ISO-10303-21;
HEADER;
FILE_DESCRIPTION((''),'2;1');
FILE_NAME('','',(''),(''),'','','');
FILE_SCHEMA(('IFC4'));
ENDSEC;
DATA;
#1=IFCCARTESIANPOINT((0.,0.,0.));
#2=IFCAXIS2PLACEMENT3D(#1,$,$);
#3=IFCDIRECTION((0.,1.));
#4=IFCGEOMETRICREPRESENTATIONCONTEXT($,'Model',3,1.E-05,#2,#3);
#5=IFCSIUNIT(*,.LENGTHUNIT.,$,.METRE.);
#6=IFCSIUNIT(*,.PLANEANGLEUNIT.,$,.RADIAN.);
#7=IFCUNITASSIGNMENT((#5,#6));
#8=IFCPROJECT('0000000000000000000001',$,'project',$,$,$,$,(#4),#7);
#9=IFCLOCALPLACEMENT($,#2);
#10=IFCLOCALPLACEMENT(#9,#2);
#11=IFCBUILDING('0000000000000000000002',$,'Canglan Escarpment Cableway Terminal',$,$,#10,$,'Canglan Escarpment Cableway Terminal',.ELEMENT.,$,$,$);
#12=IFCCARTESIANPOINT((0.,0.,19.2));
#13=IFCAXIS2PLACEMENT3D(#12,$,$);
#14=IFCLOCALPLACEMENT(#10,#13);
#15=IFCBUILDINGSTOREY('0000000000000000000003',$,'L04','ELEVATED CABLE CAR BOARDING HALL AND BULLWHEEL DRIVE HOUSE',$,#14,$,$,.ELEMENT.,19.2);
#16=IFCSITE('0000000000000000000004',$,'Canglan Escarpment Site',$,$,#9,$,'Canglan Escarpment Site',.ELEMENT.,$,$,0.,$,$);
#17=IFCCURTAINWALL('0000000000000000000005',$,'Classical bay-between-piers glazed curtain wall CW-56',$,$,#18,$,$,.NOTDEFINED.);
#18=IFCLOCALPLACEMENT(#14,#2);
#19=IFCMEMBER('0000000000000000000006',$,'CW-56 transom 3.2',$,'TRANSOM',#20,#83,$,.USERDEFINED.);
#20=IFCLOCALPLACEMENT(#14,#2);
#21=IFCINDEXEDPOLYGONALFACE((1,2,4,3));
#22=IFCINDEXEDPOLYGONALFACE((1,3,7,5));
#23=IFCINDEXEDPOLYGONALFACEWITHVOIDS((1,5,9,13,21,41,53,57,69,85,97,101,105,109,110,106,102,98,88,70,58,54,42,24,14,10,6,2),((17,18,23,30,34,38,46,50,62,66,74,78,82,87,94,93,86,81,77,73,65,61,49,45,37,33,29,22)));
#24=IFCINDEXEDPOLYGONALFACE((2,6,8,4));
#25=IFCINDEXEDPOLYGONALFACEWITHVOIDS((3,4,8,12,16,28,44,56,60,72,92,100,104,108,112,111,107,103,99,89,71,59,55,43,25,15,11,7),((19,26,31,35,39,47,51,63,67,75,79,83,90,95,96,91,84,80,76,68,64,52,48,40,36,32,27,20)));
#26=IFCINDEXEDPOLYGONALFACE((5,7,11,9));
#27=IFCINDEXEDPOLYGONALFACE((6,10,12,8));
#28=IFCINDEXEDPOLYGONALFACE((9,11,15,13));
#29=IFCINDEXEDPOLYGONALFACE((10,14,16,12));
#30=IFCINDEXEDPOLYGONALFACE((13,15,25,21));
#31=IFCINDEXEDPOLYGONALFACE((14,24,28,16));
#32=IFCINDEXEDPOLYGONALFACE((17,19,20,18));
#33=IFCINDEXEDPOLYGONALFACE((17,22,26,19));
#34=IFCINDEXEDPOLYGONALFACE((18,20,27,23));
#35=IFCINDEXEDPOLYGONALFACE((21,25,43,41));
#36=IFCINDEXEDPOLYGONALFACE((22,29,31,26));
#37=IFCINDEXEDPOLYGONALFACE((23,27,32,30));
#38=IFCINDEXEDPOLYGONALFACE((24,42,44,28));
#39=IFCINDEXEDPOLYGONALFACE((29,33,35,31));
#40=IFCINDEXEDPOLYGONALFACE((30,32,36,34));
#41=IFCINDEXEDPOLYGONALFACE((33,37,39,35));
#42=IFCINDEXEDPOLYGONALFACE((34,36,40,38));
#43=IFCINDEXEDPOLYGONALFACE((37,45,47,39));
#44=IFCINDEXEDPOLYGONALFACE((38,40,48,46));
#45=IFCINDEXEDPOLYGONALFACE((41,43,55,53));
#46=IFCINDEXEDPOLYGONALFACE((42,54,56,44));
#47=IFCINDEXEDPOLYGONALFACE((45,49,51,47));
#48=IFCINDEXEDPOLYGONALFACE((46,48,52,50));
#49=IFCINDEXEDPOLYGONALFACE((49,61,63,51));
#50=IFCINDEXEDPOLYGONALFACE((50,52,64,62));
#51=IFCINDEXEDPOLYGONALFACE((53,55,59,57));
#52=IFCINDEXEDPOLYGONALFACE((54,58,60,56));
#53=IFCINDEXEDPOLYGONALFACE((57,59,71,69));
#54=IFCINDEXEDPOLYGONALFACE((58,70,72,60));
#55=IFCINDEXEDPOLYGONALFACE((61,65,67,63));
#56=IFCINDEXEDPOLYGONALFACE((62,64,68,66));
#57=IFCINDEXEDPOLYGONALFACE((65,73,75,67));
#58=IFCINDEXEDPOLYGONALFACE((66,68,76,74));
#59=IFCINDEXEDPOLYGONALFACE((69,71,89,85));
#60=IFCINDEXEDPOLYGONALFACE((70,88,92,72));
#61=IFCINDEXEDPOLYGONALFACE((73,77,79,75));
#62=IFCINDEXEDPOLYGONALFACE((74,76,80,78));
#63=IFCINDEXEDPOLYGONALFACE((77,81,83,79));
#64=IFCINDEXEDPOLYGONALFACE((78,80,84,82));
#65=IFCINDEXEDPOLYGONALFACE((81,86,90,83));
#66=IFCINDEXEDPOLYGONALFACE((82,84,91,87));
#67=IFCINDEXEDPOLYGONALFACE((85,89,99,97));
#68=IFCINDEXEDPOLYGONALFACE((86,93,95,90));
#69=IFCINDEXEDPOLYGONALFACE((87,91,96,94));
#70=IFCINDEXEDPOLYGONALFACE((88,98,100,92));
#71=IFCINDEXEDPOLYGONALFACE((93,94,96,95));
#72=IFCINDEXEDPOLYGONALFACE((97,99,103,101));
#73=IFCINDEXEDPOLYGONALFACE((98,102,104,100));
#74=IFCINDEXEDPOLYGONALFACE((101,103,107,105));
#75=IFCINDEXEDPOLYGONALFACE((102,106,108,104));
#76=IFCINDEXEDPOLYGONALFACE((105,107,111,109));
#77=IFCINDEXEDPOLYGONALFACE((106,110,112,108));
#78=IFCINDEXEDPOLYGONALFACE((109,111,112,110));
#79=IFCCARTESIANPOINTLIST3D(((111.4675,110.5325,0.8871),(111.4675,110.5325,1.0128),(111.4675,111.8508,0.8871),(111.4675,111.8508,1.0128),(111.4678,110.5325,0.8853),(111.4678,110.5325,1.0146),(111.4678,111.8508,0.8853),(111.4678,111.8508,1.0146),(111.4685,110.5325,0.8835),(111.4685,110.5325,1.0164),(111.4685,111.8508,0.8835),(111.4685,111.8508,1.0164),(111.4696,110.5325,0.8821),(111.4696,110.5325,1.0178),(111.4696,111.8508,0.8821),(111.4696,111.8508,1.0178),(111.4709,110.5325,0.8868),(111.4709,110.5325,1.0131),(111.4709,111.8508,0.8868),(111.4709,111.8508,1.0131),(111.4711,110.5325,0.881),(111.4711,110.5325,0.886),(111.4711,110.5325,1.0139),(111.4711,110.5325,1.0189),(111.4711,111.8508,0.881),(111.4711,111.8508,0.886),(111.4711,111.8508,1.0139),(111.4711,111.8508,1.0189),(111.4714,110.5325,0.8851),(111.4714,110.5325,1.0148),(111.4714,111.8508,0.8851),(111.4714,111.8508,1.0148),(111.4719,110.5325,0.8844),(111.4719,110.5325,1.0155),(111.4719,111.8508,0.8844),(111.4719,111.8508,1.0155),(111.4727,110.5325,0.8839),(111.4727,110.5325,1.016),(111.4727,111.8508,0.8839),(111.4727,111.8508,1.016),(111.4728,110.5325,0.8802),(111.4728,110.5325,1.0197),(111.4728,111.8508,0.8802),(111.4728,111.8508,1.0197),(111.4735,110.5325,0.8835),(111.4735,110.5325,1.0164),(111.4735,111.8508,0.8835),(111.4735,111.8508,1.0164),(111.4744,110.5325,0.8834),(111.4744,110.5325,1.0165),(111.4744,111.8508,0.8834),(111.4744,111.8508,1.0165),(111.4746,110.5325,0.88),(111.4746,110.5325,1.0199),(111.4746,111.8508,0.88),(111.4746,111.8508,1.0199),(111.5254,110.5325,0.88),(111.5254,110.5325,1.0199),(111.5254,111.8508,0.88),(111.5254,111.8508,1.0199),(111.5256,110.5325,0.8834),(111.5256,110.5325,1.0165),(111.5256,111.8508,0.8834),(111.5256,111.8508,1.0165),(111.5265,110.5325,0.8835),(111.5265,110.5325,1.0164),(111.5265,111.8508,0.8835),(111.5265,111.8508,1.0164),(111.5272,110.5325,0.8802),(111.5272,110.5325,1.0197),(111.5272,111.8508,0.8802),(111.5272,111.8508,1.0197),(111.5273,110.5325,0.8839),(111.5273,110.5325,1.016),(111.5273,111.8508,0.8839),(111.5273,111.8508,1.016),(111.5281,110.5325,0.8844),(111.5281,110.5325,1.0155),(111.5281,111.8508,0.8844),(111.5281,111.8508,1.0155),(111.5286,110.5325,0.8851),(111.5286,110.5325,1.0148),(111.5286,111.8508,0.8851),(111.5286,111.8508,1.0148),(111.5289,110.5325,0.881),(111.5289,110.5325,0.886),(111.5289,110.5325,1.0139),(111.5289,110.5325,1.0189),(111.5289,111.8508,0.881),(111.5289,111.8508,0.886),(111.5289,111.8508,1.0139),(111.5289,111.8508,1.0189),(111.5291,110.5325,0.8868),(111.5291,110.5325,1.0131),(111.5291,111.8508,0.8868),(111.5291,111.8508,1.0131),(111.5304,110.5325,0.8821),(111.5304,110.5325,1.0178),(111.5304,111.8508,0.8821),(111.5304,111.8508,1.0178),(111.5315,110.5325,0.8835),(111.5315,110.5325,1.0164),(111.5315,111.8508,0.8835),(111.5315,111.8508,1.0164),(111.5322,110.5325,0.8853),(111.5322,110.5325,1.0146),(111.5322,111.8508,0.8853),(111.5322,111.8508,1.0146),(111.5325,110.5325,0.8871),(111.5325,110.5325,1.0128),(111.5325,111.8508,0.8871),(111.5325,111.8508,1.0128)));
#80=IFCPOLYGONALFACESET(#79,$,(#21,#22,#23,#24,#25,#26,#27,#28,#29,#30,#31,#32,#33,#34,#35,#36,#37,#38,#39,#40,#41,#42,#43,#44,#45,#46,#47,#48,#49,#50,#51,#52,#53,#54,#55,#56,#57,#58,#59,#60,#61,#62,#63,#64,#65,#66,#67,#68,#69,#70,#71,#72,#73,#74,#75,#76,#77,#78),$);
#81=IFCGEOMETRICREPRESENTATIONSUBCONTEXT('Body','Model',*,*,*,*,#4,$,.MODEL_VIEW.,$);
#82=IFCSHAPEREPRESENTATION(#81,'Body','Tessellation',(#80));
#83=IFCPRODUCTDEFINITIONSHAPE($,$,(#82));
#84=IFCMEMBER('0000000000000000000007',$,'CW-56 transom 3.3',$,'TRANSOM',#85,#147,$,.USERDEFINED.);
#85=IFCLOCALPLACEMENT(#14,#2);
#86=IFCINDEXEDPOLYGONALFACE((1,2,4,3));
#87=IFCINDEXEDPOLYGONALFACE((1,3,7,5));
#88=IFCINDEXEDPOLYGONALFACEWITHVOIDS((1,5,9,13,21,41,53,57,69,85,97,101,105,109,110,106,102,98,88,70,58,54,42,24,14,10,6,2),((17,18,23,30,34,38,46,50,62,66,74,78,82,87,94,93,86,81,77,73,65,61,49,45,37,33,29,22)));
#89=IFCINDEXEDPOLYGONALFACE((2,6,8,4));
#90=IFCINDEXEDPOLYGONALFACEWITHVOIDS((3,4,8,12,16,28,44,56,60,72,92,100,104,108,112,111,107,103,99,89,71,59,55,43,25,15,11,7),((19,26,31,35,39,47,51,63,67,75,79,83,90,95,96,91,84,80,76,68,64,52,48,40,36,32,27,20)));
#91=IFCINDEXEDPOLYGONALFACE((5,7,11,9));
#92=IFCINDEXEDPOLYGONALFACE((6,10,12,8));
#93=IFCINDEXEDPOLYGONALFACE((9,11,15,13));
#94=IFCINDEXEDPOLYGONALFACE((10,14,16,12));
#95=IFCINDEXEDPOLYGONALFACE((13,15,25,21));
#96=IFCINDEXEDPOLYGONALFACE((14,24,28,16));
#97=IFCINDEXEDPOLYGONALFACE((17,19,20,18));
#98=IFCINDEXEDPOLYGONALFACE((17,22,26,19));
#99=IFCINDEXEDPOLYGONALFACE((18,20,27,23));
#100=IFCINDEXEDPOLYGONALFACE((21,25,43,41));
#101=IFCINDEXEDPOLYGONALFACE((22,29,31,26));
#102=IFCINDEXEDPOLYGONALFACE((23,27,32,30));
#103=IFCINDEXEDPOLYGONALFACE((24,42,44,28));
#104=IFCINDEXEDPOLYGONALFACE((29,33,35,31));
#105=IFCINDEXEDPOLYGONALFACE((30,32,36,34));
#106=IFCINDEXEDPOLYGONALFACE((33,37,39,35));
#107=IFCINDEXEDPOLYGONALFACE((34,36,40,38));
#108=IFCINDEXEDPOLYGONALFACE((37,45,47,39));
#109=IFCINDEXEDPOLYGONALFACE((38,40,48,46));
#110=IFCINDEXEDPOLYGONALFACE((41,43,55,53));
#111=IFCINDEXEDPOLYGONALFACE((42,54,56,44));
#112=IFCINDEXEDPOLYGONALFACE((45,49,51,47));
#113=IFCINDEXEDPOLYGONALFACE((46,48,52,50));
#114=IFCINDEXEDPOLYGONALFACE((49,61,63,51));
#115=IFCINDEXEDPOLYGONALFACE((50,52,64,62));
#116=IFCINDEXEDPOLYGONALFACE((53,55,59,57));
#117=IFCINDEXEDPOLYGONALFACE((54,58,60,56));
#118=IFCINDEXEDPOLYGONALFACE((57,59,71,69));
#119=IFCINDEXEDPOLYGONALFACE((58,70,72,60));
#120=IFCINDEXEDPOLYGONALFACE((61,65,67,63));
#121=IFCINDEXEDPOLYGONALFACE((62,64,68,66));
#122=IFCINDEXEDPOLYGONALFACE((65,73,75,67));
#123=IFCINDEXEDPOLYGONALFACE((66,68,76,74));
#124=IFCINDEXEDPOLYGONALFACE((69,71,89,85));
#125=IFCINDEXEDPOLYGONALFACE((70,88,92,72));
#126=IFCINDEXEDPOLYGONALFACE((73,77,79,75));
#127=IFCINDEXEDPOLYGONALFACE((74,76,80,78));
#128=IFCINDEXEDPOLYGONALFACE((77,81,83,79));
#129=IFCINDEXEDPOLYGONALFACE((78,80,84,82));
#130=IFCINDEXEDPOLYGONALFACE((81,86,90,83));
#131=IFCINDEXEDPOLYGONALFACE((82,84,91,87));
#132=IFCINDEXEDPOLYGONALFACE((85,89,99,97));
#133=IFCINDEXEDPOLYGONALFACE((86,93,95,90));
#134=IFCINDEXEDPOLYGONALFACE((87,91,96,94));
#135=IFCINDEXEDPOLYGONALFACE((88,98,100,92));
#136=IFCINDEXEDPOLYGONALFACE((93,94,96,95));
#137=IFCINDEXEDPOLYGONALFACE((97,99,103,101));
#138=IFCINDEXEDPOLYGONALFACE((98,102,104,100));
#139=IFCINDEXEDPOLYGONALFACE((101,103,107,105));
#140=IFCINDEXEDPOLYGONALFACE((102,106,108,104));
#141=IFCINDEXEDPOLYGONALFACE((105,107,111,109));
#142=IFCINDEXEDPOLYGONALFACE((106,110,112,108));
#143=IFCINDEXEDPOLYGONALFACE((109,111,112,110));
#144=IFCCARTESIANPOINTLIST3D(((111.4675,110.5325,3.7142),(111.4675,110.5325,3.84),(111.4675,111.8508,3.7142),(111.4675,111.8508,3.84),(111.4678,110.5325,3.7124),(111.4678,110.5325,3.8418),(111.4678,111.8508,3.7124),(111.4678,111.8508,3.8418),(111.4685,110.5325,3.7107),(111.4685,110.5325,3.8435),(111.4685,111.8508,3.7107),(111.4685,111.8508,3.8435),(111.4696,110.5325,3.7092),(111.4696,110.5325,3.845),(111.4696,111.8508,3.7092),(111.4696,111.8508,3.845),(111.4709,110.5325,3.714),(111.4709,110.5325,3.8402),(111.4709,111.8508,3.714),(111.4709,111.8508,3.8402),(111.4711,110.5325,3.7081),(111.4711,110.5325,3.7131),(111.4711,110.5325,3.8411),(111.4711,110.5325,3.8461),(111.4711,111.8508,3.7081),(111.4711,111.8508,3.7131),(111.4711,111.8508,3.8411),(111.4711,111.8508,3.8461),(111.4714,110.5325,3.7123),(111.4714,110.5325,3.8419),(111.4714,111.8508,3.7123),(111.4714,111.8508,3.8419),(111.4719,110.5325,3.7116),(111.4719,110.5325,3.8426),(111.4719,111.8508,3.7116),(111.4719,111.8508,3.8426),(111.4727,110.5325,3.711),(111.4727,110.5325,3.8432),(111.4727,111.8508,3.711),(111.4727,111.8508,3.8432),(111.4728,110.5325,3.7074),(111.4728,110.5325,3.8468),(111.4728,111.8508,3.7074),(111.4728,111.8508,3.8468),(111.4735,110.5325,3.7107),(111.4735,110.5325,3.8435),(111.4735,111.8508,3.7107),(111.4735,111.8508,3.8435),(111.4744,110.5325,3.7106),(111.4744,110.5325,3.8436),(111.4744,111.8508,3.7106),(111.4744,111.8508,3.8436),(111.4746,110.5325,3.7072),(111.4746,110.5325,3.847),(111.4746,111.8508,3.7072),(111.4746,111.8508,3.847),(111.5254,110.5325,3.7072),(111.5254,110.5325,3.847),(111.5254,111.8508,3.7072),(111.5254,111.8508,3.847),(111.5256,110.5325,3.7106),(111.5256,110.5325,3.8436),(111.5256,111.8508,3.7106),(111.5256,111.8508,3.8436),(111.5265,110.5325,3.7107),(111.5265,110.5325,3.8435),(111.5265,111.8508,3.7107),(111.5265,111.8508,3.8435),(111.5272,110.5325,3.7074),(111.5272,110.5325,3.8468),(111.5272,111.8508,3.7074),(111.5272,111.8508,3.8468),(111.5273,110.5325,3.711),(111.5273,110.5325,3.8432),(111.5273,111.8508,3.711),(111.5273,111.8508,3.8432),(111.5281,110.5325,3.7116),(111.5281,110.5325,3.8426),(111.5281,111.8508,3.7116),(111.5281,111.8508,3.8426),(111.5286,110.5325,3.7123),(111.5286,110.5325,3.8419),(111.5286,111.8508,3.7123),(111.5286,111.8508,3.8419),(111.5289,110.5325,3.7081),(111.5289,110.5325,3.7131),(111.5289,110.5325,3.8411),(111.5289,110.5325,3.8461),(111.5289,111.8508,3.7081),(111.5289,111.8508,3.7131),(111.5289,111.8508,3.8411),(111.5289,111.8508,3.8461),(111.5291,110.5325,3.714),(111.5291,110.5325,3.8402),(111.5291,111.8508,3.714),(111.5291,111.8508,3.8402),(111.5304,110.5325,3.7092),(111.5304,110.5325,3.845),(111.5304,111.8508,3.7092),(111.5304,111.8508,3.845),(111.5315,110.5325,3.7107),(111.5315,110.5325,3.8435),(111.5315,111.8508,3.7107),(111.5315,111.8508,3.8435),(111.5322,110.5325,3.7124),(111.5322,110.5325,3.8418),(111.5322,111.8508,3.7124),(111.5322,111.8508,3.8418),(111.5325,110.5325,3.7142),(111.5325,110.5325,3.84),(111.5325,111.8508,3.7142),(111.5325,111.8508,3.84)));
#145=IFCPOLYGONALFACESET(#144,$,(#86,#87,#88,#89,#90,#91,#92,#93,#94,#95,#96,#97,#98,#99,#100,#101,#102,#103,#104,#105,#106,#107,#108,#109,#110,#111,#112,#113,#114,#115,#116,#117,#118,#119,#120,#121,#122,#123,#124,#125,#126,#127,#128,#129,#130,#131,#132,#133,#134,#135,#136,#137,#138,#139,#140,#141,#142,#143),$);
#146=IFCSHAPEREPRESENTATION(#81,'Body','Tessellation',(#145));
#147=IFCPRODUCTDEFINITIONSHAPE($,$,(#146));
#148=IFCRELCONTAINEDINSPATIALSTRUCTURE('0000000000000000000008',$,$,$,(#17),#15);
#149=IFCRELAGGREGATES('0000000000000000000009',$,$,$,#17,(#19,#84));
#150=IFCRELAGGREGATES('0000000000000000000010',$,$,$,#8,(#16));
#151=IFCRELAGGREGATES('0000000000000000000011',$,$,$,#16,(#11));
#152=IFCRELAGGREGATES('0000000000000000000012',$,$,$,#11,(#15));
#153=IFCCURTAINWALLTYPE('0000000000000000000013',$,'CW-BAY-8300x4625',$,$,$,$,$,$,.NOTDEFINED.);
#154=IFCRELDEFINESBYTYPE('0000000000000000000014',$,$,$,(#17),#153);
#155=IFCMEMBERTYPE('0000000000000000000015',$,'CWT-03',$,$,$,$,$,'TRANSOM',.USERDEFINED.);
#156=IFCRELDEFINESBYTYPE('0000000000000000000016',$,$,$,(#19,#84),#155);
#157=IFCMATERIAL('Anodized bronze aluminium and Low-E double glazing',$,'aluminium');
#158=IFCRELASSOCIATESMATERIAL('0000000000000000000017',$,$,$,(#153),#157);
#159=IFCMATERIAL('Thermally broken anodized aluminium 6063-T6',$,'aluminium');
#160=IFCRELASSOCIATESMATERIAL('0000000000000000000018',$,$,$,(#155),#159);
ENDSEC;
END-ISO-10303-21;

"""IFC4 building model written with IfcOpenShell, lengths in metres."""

from ifc_helpers import new_model, si_unit, direction, frame, origin, origin_2d, place, context, subcontext, project, spatial, hollow_rectangle, extrude, material, material_profile, profile_set, type_object, element, aggregate, save


model = new_model("IFC4")

# Units and contexts
model_context = context("Model", 3, precision=1e-05, world=origin(), true_north=direction((0.0, 1.0)))
body_context = subcontext(model_context, "Body", "Model", "MODEL_VIEW")
ifc_project = project(units=[si_unit("LENGTHUNIT", "METRE"), si_unit("PLANEANGLEUNIT", "RADIAN")], contexts=[model_context])

# Site, building, storey
site_placement = place(None, origin())
site = spatial("IfcSite", under=ifc_project, at=site_placement, Name="Canglan Escarpment Site", LongName="Canglan Escarpment Site", CompositionType="ELEMENT", RefElevation=0.0)
building_placement = place(site_placement, origin())
building = spatial("IfcBuilding", under=site, at=building_placement, Name="Canglan Escarpment Cableway Terminal", LongName="Canglan Escarpment Cableway Terminal", CompositionType="ELEMENT")
storey_placement = place(building_placement, frame((0.0, 0.0, 19.2)))
storey = spatial("IfcBuildingStorey", under=building, at=storey_placement, Name="L04", Description="ELEVATED CABLE CAR BOARDING HALL AND BULLWHEEL DRIVE HOUSE", CompositionType="ELEMENT", Elevation=19.2)

# Curtain wall
ifc_material_1 = material(Name="Anodized bronze aluminium and Low-E double glazing", Category="aluminium")
ifc_material_2 = material(Name="Thermally broken anodized aluminium 6063-T6", Category="aluminium")
curtain_wall_type_1 = type_object("IfcCurtainWallType", Name="CW-BAY-8300x4625", PredefinedType="NOTDEFINED", material=ifc_material_1)
curtain_wall_1_placement = place(storey_placement, origin())
curtain_wall_1 = element("IfcCurtainWall", 1, at=curtain_wall_1_placement, inside=storey, type_object=curtain_wall_type_1, Name="Classical bay-between-piers glazed curtain wall CW-56", PredefinedType="NOTDEFINED")

# Members
ifc_material_profile_1 = material_profile(ifc_material_2, hollow_rectangle(XDim=0.0649, YDim=0.1399, WallThickness=0.0034, InnerFilletRadius=0.0034, OuterFilletRadius=0.0071, at=origin_2d()), Name="ALU-TRAN 65x140x3.5")
ifc_profile_set_1 = profile_set([ifc_material_profile_1], Name="Thermally broken anodized aluminium 6063-T6")
member_type_1 = type_object("IfcMemberType", Name="CWT-03", ElementType="TRANSOM", PredefinedType="USERDEFINED", material=ifc_profile_set_1)
member_1_placement = place(storey_placement, frame((111.5, 111.8508, 0.95), z_axis=(0.0, -1.0, 0.0), x_axis=(1.0, 0.0, 0.0)))
member_1 = element("IfcMember", 2, at=member_1_placement, type_object=member_type_1, Name="CW-56 transom 3.2", ObjectType="TRANSOM", PredefinedType="USERDEFINED", context=body_context, shape_type="SweptSolid", body=[
    extrude(hollow_rectangle(XDim=0.0649, YDim=0.1399, WallThickness=0.0034, InnerFilletRadius=0.0034, OuterFilletRadius=0.0071, at=origin_2d()), origin(), (0.0, 0.0, 1.0), 1.3184),
])
member_2_placement = place(storey_placement, frame((111.5, 111.8508, 3.7771), z_axis=(0.0, -1.0, 0.0), x_axis=(1.0, 0.0, 0.0)))
member_2 = element("IfcMember", 3, at=member_2_placement, type_object=member_type_1, Name="CW-56 transom 3.3", ObjectType="TRANSOM", PredefinedType="USERDEFINED", context=body_context, shape_type="SweptSolid", body=[
    extrude(hollow_rectangle(XDim=0.0649, YDim=0.1399, WallThickness=0.0034, InnerFilletRadius=0.0034, OuterFilletRadius=0.0071, at=origin_2d()), origin(), (0.0, 0.0, 1.0), 1.3184),
])

aggregate(curtain_wall_1, [member_1, member_2])

save(model, "model.ifc")
